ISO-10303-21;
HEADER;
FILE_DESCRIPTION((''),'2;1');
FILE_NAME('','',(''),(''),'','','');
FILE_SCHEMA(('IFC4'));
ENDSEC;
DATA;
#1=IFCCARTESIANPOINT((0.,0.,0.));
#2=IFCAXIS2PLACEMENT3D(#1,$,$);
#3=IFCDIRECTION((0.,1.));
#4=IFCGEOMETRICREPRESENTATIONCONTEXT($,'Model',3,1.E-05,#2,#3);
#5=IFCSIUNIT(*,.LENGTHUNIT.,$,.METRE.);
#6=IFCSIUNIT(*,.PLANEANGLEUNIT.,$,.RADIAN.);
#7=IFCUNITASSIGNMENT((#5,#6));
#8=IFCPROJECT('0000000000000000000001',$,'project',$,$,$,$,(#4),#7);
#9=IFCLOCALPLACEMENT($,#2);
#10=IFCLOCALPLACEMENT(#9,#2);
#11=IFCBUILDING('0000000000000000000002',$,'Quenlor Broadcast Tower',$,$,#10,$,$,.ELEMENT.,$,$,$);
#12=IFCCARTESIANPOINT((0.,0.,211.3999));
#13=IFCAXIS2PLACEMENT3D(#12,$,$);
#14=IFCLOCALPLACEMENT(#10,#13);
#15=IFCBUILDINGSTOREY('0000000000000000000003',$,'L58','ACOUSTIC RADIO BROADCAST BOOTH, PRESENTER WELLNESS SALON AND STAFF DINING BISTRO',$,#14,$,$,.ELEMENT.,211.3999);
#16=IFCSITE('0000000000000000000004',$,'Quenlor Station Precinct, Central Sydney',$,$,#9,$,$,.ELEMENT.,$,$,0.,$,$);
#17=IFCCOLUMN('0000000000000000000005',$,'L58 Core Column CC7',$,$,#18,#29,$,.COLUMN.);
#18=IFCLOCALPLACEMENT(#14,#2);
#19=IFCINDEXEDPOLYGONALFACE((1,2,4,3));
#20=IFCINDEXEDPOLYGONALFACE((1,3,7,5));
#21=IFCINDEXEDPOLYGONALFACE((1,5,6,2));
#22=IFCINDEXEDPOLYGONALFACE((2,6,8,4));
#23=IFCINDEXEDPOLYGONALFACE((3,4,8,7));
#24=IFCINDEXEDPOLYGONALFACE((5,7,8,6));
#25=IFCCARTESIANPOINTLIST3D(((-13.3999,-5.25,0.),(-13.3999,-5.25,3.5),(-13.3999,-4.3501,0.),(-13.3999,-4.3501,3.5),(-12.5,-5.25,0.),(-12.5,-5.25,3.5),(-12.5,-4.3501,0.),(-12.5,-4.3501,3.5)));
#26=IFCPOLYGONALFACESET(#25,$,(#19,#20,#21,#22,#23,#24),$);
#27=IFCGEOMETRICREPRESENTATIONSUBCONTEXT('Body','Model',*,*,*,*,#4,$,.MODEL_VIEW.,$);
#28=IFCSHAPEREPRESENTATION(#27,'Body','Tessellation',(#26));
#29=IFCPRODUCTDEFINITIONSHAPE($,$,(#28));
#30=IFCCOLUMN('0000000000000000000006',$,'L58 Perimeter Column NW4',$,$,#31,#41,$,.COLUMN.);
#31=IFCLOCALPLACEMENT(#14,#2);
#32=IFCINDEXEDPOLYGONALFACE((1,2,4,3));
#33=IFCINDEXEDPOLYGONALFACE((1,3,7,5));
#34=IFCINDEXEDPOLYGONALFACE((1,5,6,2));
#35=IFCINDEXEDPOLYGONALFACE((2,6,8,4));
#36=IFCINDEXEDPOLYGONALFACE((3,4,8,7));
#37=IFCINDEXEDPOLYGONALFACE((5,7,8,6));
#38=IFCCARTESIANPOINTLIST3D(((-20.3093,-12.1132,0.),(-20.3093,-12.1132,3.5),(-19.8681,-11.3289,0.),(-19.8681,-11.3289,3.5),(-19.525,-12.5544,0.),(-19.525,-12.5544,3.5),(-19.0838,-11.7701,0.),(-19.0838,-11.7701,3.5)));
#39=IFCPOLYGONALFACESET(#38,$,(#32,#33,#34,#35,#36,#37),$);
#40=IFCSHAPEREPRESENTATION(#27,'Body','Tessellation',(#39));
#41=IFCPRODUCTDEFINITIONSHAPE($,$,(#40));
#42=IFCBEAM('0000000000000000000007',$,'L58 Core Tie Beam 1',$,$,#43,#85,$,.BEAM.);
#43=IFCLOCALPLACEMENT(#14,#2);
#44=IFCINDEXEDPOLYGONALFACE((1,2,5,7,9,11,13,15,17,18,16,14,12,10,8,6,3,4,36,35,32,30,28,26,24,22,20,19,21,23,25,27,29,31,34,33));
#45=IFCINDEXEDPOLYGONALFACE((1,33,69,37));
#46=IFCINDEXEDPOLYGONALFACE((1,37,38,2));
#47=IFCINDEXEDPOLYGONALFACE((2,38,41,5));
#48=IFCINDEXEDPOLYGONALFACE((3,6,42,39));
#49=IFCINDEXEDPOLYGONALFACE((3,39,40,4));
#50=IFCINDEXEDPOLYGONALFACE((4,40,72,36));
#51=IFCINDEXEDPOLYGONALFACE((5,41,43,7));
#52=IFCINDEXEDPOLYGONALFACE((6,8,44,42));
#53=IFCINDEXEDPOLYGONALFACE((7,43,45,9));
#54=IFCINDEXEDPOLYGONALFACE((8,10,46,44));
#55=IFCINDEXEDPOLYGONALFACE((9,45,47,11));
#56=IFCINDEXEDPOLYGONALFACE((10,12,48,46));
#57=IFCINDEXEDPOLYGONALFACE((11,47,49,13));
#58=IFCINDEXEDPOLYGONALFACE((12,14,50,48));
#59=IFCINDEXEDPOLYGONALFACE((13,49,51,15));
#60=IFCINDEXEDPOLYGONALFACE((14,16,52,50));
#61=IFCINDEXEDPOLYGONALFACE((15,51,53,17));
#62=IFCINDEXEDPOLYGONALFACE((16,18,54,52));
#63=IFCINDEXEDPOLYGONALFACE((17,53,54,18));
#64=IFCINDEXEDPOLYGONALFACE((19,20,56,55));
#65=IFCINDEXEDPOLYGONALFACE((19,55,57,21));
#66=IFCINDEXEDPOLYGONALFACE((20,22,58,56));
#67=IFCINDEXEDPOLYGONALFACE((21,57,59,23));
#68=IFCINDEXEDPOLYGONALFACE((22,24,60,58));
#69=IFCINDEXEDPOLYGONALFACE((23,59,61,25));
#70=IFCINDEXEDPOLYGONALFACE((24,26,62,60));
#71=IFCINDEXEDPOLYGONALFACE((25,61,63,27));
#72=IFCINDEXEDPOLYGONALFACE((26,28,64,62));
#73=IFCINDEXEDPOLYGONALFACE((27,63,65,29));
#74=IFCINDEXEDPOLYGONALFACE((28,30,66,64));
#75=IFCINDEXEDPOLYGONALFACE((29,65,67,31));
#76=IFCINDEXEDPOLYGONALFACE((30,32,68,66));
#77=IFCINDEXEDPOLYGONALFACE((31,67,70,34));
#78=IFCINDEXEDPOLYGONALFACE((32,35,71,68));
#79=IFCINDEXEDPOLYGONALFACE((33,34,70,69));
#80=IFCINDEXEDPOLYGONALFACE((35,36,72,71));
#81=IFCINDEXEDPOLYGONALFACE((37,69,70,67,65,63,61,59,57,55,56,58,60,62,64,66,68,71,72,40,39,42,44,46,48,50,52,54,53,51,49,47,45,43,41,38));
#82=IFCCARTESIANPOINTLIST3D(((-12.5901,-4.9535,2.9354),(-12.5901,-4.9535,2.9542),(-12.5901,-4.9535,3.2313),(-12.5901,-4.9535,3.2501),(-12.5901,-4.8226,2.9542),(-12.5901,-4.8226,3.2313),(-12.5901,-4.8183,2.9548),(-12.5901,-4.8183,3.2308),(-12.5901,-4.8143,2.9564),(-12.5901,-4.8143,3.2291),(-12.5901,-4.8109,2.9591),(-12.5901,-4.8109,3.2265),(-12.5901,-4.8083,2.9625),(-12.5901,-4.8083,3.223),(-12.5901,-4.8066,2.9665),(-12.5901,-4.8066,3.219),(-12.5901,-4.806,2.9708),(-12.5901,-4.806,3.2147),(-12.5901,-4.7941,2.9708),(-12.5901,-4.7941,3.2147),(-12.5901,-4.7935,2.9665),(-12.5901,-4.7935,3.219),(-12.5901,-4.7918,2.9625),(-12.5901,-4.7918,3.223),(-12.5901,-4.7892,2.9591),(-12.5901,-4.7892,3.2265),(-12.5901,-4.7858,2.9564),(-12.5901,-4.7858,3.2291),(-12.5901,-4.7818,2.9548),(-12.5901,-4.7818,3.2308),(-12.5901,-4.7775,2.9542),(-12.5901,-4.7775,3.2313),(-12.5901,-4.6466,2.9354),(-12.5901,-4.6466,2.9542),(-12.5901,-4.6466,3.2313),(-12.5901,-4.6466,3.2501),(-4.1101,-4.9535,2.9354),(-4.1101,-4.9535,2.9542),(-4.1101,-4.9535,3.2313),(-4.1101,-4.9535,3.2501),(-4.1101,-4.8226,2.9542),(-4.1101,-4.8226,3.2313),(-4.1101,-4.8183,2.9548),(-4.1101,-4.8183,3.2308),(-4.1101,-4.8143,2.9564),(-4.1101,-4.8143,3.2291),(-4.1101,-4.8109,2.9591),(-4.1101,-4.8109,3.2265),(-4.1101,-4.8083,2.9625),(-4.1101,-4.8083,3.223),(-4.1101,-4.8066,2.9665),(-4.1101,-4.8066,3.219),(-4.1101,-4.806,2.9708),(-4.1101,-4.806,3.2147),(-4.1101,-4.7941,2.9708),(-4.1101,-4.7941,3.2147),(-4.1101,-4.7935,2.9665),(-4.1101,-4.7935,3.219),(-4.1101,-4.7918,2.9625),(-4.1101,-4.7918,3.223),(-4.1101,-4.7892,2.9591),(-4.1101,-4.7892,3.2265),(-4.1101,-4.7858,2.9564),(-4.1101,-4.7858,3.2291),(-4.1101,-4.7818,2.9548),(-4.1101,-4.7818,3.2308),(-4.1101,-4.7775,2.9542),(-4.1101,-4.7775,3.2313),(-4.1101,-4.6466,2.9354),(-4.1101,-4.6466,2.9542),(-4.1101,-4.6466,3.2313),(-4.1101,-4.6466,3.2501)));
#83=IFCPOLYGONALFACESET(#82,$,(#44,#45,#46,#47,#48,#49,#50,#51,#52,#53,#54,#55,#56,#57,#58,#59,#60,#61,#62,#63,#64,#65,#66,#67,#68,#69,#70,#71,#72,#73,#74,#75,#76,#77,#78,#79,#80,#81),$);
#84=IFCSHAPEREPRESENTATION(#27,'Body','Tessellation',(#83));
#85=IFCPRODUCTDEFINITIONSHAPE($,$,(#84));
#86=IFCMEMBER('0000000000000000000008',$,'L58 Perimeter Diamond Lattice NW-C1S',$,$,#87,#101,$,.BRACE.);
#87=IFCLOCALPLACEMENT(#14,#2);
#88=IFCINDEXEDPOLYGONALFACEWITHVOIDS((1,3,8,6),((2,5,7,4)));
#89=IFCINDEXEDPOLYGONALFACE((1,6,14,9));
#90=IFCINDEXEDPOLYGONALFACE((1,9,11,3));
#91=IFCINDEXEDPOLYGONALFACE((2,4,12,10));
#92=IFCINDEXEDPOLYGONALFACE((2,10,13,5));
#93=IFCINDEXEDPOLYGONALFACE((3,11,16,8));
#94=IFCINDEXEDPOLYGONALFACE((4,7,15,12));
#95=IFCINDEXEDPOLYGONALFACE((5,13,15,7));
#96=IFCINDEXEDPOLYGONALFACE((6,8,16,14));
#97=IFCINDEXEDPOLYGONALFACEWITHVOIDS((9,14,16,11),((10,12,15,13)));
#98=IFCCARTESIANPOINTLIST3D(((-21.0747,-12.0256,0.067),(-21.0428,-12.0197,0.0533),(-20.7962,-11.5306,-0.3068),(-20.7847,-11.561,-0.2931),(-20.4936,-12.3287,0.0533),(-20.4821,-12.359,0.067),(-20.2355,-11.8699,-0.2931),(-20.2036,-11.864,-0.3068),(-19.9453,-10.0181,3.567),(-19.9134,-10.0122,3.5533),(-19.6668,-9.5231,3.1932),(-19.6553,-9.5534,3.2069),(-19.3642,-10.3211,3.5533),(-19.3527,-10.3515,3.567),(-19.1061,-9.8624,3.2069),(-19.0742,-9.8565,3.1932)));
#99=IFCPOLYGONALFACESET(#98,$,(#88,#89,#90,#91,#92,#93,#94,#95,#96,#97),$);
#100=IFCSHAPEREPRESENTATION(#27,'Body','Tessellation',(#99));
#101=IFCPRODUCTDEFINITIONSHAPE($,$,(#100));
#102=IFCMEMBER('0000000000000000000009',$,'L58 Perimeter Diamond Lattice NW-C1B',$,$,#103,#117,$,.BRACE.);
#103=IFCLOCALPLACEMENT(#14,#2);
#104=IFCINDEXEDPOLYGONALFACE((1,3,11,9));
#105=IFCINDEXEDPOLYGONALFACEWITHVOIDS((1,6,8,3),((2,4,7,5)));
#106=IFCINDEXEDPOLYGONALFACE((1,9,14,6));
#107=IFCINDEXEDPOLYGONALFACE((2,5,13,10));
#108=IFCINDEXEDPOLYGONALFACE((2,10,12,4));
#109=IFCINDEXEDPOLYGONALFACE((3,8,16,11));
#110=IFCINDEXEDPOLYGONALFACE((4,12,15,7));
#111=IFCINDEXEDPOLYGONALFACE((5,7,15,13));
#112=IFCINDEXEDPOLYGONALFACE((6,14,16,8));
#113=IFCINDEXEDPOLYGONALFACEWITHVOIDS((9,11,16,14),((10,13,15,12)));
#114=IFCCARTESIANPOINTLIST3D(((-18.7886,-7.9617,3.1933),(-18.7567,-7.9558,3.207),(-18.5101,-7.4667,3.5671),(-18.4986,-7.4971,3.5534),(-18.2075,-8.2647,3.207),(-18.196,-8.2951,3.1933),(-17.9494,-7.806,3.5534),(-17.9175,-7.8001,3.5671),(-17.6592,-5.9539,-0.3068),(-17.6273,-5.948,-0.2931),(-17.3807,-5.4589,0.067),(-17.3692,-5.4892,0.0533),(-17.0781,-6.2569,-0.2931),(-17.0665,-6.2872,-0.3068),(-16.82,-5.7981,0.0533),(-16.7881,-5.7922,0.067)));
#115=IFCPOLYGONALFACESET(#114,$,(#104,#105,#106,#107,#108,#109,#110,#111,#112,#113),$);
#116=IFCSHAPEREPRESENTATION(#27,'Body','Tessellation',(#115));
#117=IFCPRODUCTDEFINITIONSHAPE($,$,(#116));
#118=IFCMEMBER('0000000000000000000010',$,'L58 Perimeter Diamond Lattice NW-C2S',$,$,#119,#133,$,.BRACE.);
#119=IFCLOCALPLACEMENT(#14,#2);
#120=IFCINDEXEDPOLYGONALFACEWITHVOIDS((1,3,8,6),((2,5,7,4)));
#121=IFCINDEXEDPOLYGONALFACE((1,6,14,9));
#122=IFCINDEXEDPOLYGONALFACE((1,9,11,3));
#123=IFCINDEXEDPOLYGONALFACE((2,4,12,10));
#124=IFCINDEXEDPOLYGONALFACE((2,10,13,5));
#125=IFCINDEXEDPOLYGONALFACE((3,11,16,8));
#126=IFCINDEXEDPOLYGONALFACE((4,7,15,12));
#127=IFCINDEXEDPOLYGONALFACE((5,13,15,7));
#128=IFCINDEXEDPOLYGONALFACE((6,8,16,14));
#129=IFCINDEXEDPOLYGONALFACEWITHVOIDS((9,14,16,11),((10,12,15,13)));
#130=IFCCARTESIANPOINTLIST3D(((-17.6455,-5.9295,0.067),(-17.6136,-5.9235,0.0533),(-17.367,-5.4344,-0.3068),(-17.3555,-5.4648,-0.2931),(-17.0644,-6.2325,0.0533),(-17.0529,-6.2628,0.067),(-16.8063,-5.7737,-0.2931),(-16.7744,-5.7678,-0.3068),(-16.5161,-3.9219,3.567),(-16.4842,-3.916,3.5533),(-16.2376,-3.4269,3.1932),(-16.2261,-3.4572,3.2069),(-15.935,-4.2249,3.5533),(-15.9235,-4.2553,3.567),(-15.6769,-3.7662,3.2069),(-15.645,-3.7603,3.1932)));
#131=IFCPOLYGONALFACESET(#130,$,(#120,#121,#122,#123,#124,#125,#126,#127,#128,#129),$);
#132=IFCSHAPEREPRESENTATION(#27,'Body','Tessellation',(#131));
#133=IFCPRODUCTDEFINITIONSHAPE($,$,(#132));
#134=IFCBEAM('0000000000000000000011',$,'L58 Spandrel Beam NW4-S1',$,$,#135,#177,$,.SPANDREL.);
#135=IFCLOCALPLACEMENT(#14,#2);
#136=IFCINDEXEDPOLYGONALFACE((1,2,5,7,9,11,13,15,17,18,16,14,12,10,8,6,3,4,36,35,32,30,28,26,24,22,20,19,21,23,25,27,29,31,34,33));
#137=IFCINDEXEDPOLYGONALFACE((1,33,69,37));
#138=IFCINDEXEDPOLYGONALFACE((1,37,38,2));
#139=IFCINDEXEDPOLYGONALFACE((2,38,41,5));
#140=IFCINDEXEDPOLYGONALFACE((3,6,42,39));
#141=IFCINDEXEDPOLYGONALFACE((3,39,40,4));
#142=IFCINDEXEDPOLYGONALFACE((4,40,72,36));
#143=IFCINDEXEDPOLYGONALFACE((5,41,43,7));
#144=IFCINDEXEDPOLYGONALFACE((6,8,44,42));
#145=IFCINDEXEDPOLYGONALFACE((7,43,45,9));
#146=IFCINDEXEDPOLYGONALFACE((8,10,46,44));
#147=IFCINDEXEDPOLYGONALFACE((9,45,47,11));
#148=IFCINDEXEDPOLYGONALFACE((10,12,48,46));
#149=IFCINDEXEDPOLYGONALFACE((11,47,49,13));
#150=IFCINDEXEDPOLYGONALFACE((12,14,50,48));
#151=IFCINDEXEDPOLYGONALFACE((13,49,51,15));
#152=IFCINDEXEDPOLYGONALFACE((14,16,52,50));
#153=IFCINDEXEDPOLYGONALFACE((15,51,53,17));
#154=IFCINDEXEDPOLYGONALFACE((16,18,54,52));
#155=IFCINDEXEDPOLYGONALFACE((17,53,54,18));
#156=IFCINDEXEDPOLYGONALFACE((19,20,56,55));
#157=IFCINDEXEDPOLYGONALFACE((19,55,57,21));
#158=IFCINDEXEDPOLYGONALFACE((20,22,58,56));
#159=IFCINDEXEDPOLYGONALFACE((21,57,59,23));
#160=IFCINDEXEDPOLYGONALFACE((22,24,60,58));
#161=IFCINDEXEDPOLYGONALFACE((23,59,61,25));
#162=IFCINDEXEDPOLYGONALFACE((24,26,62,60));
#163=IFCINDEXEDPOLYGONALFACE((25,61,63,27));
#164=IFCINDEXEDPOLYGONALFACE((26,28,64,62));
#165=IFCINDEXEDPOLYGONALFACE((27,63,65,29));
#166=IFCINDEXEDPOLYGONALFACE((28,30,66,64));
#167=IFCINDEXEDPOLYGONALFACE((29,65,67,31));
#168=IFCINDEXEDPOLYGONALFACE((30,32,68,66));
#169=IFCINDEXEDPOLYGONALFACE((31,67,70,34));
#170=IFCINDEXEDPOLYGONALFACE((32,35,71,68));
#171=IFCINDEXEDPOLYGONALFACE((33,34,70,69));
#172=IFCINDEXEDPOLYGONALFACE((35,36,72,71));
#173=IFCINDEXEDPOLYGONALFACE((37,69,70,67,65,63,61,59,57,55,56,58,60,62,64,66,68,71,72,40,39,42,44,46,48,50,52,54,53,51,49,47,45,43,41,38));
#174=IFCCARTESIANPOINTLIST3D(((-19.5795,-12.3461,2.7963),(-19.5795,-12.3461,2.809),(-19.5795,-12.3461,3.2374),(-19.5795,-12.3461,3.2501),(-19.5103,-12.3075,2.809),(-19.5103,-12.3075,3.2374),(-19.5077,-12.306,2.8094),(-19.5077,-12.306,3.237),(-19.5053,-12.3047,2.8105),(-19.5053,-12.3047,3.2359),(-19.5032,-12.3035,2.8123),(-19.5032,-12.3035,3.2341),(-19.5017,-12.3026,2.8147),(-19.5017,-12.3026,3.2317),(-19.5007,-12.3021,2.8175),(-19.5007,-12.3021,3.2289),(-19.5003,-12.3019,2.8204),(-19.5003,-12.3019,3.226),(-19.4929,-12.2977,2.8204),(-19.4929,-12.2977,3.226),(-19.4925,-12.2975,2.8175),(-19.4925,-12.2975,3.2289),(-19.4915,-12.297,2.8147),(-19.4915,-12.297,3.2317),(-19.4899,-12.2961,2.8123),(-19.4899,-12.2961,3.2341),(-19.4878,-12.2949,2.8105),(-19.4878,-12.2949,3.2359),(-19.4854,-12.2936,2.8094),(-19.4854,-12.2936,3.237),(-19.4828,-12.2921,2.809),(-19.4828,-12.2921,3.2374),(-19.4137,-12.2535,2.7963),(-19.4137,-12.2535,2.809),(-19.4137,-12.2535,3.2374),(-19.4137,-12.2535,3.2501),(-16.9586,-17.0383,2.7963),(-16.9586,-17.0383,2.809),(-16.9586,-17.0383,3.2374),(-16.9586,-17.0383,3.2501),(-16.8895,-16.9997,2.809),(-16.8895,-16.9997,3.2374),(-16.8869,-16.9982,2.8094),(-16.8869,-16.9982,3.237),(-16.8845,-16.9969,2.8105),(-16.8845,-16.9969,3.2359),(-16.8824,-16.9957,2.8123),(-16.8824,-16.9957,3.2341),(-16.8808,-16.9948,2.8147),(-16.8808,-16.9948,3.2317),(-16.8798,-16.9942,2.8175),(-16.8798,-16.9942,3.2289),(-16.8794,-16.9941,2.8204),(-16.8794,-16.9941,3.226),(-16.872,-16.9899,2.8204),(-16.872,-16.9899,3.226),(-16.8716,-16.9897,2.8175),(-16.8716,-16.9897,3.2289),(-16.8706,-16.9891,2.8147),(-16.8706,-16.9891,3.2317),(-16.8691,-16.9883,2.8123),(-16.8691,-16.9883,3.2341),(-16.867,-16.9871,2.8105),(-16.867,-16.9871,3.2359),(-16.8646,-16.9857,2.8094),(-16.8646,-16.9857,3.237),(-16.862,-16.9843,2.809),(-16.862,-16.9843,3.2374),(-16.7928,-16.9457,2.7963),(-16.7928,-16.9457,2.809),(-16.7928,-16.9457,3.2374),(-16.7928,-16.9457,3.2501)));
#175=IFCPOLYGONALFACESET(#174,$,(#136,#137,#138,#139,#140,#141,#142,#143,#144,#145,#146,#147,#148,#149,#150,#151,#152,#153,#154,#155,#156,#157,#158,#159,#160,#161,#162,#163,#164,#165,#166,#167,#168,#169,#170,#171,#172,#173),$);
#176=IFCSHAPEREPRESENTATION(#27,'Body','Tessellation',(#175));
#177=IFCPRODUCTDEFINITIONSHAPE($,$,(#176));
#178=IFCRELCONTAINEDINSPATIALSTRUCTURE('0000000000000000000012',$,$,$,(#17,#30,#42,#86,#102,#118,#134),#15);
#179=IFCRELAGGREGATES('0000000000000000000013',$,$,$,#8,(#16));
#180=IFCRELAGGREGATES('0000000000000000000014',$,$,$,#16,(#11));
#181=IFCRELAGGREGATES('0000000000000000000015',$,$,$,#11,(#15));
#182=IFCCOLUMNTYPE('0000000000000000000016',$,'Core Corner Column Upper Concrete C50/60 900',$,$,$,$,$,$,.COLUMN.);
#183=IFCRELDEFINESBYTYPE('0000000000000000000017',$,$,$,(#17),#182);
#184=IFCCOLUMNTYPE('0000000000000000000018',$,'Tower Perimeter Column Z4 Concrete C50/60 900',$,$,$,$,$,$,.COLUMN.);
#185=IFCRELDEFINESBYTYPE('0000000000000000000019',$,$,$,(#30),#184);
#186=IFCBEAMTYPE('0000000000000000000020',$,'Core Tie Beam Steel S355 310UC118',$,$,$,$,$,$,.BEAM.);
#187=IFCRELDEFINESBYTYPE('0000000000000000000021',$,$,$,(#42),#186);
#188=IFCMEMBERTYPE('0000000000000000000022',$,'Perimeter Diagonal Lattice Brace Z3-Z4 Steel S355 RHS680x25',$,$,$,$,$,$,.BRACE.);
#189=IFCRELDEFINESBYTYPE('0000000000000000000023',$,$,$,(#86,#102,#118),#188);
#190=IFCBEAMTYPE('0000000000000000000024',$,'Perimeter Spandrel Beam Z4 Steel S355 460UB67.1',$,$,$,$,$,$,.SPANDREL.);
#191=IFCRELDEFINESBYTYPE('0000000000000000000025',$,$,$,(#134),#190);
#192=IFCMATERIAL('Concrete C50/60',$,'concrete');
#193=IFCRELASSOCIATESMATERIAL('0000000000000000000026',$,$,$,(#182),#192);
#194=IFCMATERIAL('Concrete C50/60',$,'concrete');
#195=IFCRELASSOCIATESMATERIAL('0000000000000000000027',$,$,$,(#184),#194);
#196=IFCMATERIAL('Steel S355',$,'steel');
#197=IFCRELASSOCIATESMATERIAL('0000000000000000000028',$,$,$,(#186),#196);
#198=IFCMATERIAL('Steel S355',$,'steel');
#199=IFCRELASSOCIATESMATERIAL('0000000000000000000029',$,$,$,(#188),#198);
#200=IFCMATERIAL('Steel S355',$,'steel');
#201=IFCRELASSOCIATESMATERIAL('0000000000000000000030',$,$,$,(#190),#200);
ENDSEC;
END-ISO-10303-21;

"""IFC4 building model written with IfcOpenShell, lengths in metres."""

from ifc_helpers import new_model, si_unit, direction, frame, origin, origin_2d, place, context, subcontext, project, spatial, rectangle, hollow_rectangle, i_section, extrude, material, material_profile, profile_set, type_object, element, save


model = new_model("IFC4")

# Units and contexts
model_context = context("Model", 3, precision=1e-05, world=origin(), true_north=direction((0.0, 1.0)))
body_context = subcontext(model_context, "Body", "Model", "MODEL_VIEW")
ifc_project = project(units=[si_unit("LENGTHUNIT", "METRE"), si_unit("PLANEANGLEUNIT", "RADIAN")], contexts=[model_context])

# Site, building, storey
site_placement = place(None, origin())
site = spatial("IfcSite", under=ifc_project, at=site_placement, Name="Quenlor Station Precinct, Central Sydney", CompositionType="ELEMENT", RefElevation=0.0)
building_placement = place(site_placement, origin())
building = spatial("IfcBuilding", under=site, at=building_placement, Name="Quenlor Broadcast Tower", CompositionType="ELEMENT")
storey_placement = place(building_placement, frame((0.0, 0.0, 211.3999)))
storey = spatial("IfcBuildingStorey", under=building, at=storey_placement, Name="L58", Description="ACOUSTIC RADIO BROADCAST BOOTH, PRESENTER WELLNESS SALON AND STAFF DINING BISTRO", CompositionType="ELEMENT", Elevation=211.3999)

# Columns
ifc_material_1 = material(Name="Concrete C50/60", Category="concrete")
ifc_material_profile_1 = material_profile(ifc_material_1, rectangle(XDim=0.8999, YDim=0.8999, at=origin_2d()))
ifc_profile_set_1 = profile_set([ifc_material_profile_1], Name="Concrete C50/60 RC900x900")
column_type_1 = type_object("IfcColumnType", Name="Core Corner Column Upper Concrete C50/60 900", PredefinedType="COLUMN", material=ifc_profile_set_1)
column_1_placement = place(storey_placement, frame((-12.95, -4.8, 0.0), z_axis=(0.0, 0.0, 1.0), x_axis=(1.0, 0.0, 0.0)))
element("IfcColumn", 1, at=column_1_placement, inside=storey, type_object=column_type_1, Name="L58 Core Column CC7", PredefinedType="COLUMN", context=body_context, shape_type="SweptSolid", body=[
    extrude(rectangle(XDim=0.8999, YDim=0.8999, at=origin_2d()), origin(), (0.0, 0.0, 1.0), 3.5),
])
ifc_material_2 = material(Name="Concrete C50/60", Category="concrete")
ifc_material_profile_2 = material_profile(ifc_material_2, rectangle(XDim=0.8999, YDim=0.8999, at=origin_2d()))
ifc_profile_set_2 = profile_set([ifc_material_profile_2], Name="Concrete C50/60 RC900x900")
column_type_2 = type_object("IfcColumnType", Name="Tower Perimeter Column Z4 Concrete C50/60 900", PredefinedType="COLUMN", material=ifc_profile_set_2)
column_2_placement = place(storey_placement, frame((-19.6965, -11.9417, 0.0), z_axis=(0.0, 0.0, 1.0), x_axis=(-0.871575, 0.490262, 0.0)))
element("IfcColumn", 2, at=column_2_placement, inside=storey, type_object=column_type_2, Name="L58 Perimeter Column NW4", PredefinedType="COLUMN", context=body_context, shape_type="SweptSolid", body=[
    extrude(rectangle(XDim=0.8999, YDim=0.8999, at=origin_2d()), origin(), (0.0, 0.0, 1.0), 3.5),
])

# Beam
ifc_material_3 = material(Name="Steel S355", Category="steel")
ifc_material_profile_3 = material_profile(ifc_material_3, i_section(OverallWidth=0.3069, OverallDepth=0.3147, WebThickness=0.012, FlangeThickness=0.0188, FilletRadius=0.0166, at=origin_2d()))
ifc_profile_set_3 = profile_set([ifc_material_profile_3], Name="Steel S355 310UC118")
beam_type_1 = type_object("IfcBeamType", Name="Core Tie Beam Steel S355 310UC118", PredefinedType="BEAM", material=ifc_profile_set_3)
beam_1_placement = place(storey_placement, frame((-12.5901, -4.8, 3.0928), z_axis=(1.0, 0.0, 0.0), x_axis=(0.0, 1.0, 0.0)))
element("IfcBeam", 3, at=beam_1_placement, inside=storey, type_object=beam_type_1, Name="L58 Core Tie Beam 1", PredefinedType="BEAM", context=body_context, shape_type="SweptSolid", body=[
    extrude(i_section(OverallWidth=0.3069, OverallDepth=0.3147, WebThickness=0.012, FlangeThickness=0.0188, FilletRadius=0.0166, at=origin_2d()), origin(), (0.0, 0.0, 1.0), 8.48),
])

# Members
ifc_material_4 = material(Name="Steel S355", Category="steel")
ifc_material_profile_4 = material_profile(ifc_material_4, hollow_rectangle(XDim=0.6799, YDim=0.6799, WallThickness=0.0249, at=origin_2d()))
ifc_profile_set_4 = profile_set([ifc_material_profile_4], Name="Steel S355 RHS680x680x25")
member_type = type_object("IfcMemberType", Name="Perimeter Diagonal Lattice Brace Z3-Z4 Steel S355 RHS680x25", PredefinedType="BRACE", material=ifc_profile_set_4)
member_1_placement = place(storey_placement, frame((-20.6392, -11.9448, -0.1199), z_axis=(0.269547, 0.479136, 0.835328), x_axis=(-0.87155, 0.490307, 0.0)))
element("IfcMember", 4, at=member_1_placement, inside=storey, type_object=member_type, Name="L58 Perimeter Diamond Lattice NW-C1S", PredefinedType="BRACE", context=body_context, shape_type="SweptSolid", body=[
    extrude(hollow_rectangle(XDim=0.6799, YDim=0.6799, WallThickness=0.0249, at=origin_2d()), origin(), (0.0, 0.0, 1.0), 4.1899),
])
member_2_placement = place(storey_placement, frame((-17.2236, -5.873, -0.1199), z_axis=(-0.26954, -0.479181, 0.835305), x_axis=(0.871576, -0.490261, 0.0)))
element("IfcMember", 5, at=member_2_placement, inside=storey, type_object=member_type, Name="L58 Perimeter Diamond Lattice NW-C1B", PredefinedType="BRACE", context=body_context, shape_type="SweptSolid", body=[
    extrude(hollow_rectangle(XDim=0.6799, YDim=0.6799, WallThickness=0.0249, at=origin_2d()), origin(), (0.0, 0.0, 1.0), 4.1902),
])
member_3_placement = place(storey_placement, frame((-17.21, -5.8486, -0.1199), z_axis=(0.269547, 0.479136, 0.835328), x_axis=(-0.87155, 0.490307, 0.0)))
element("IfcMember", 6, at=member_3_placement, inside=storey, type_object=member_type, Name="L58 Perimeter Diamond Lattice NW-C2S", PredefinedType="BRACE", context=body_context, shape_type="SweptSolid", body=[
    extrude(hollow_rectangle(XDim=0.6799, YDim=0.6799, WallThickness=0.0249, at=origin_2d()), origin(), (0.0, 0.0, 1.0), 4.1899),
])

# Beam
ifc_material_5 = material(Name="Steel S355", Category="steel")
ifc_material_profile_5 = material_profile(ifc_material_5, i_section(OverallWidth=0.1899, OverallDepth=0.4539, WebThickness=0.0085, FlangeThickness=0.0127, FilletRadius=0.0115, at=origin_2d()))
ifc_profile_set_5 = profile_set([ifc_material_profile_5], Name="Steel S355 460UB67.1")
beam_type_2 = type_object("IfcBeamType", Name="Perimeter Spandrel Beam Z4 Steel S355 460UB67.1", PredefinedType="SPANDREL", material=ifc_profile_set_5)
beam_2_placement = place(storey_placement, frame((-19.4966, -12.2998, 3.0232), z_axis=(0.487647, -0.873041, 0.0), x_axis=(0.873041, 0.487647, 0.0)))
element("IfcBeam", 7, at=beam_2_placement, inside=storey, type_object=beam_type_2, Name="L58 Spandrel Beam NW4-S1", PredefinedType="SPANDREL", context=body_context, shape_type="SweptSolid", body=[
    extrude(i_section(OverallWidth=0.1899, OverallDepth=0.4539, WebThickness=0.0085, FlangeThickness=0.0127, FilletRadius=0.0115, at=origin_2d()), origin(), (0.0, 0.0, 1.0), 5.3745),
])

save(model, "model.ifc")
